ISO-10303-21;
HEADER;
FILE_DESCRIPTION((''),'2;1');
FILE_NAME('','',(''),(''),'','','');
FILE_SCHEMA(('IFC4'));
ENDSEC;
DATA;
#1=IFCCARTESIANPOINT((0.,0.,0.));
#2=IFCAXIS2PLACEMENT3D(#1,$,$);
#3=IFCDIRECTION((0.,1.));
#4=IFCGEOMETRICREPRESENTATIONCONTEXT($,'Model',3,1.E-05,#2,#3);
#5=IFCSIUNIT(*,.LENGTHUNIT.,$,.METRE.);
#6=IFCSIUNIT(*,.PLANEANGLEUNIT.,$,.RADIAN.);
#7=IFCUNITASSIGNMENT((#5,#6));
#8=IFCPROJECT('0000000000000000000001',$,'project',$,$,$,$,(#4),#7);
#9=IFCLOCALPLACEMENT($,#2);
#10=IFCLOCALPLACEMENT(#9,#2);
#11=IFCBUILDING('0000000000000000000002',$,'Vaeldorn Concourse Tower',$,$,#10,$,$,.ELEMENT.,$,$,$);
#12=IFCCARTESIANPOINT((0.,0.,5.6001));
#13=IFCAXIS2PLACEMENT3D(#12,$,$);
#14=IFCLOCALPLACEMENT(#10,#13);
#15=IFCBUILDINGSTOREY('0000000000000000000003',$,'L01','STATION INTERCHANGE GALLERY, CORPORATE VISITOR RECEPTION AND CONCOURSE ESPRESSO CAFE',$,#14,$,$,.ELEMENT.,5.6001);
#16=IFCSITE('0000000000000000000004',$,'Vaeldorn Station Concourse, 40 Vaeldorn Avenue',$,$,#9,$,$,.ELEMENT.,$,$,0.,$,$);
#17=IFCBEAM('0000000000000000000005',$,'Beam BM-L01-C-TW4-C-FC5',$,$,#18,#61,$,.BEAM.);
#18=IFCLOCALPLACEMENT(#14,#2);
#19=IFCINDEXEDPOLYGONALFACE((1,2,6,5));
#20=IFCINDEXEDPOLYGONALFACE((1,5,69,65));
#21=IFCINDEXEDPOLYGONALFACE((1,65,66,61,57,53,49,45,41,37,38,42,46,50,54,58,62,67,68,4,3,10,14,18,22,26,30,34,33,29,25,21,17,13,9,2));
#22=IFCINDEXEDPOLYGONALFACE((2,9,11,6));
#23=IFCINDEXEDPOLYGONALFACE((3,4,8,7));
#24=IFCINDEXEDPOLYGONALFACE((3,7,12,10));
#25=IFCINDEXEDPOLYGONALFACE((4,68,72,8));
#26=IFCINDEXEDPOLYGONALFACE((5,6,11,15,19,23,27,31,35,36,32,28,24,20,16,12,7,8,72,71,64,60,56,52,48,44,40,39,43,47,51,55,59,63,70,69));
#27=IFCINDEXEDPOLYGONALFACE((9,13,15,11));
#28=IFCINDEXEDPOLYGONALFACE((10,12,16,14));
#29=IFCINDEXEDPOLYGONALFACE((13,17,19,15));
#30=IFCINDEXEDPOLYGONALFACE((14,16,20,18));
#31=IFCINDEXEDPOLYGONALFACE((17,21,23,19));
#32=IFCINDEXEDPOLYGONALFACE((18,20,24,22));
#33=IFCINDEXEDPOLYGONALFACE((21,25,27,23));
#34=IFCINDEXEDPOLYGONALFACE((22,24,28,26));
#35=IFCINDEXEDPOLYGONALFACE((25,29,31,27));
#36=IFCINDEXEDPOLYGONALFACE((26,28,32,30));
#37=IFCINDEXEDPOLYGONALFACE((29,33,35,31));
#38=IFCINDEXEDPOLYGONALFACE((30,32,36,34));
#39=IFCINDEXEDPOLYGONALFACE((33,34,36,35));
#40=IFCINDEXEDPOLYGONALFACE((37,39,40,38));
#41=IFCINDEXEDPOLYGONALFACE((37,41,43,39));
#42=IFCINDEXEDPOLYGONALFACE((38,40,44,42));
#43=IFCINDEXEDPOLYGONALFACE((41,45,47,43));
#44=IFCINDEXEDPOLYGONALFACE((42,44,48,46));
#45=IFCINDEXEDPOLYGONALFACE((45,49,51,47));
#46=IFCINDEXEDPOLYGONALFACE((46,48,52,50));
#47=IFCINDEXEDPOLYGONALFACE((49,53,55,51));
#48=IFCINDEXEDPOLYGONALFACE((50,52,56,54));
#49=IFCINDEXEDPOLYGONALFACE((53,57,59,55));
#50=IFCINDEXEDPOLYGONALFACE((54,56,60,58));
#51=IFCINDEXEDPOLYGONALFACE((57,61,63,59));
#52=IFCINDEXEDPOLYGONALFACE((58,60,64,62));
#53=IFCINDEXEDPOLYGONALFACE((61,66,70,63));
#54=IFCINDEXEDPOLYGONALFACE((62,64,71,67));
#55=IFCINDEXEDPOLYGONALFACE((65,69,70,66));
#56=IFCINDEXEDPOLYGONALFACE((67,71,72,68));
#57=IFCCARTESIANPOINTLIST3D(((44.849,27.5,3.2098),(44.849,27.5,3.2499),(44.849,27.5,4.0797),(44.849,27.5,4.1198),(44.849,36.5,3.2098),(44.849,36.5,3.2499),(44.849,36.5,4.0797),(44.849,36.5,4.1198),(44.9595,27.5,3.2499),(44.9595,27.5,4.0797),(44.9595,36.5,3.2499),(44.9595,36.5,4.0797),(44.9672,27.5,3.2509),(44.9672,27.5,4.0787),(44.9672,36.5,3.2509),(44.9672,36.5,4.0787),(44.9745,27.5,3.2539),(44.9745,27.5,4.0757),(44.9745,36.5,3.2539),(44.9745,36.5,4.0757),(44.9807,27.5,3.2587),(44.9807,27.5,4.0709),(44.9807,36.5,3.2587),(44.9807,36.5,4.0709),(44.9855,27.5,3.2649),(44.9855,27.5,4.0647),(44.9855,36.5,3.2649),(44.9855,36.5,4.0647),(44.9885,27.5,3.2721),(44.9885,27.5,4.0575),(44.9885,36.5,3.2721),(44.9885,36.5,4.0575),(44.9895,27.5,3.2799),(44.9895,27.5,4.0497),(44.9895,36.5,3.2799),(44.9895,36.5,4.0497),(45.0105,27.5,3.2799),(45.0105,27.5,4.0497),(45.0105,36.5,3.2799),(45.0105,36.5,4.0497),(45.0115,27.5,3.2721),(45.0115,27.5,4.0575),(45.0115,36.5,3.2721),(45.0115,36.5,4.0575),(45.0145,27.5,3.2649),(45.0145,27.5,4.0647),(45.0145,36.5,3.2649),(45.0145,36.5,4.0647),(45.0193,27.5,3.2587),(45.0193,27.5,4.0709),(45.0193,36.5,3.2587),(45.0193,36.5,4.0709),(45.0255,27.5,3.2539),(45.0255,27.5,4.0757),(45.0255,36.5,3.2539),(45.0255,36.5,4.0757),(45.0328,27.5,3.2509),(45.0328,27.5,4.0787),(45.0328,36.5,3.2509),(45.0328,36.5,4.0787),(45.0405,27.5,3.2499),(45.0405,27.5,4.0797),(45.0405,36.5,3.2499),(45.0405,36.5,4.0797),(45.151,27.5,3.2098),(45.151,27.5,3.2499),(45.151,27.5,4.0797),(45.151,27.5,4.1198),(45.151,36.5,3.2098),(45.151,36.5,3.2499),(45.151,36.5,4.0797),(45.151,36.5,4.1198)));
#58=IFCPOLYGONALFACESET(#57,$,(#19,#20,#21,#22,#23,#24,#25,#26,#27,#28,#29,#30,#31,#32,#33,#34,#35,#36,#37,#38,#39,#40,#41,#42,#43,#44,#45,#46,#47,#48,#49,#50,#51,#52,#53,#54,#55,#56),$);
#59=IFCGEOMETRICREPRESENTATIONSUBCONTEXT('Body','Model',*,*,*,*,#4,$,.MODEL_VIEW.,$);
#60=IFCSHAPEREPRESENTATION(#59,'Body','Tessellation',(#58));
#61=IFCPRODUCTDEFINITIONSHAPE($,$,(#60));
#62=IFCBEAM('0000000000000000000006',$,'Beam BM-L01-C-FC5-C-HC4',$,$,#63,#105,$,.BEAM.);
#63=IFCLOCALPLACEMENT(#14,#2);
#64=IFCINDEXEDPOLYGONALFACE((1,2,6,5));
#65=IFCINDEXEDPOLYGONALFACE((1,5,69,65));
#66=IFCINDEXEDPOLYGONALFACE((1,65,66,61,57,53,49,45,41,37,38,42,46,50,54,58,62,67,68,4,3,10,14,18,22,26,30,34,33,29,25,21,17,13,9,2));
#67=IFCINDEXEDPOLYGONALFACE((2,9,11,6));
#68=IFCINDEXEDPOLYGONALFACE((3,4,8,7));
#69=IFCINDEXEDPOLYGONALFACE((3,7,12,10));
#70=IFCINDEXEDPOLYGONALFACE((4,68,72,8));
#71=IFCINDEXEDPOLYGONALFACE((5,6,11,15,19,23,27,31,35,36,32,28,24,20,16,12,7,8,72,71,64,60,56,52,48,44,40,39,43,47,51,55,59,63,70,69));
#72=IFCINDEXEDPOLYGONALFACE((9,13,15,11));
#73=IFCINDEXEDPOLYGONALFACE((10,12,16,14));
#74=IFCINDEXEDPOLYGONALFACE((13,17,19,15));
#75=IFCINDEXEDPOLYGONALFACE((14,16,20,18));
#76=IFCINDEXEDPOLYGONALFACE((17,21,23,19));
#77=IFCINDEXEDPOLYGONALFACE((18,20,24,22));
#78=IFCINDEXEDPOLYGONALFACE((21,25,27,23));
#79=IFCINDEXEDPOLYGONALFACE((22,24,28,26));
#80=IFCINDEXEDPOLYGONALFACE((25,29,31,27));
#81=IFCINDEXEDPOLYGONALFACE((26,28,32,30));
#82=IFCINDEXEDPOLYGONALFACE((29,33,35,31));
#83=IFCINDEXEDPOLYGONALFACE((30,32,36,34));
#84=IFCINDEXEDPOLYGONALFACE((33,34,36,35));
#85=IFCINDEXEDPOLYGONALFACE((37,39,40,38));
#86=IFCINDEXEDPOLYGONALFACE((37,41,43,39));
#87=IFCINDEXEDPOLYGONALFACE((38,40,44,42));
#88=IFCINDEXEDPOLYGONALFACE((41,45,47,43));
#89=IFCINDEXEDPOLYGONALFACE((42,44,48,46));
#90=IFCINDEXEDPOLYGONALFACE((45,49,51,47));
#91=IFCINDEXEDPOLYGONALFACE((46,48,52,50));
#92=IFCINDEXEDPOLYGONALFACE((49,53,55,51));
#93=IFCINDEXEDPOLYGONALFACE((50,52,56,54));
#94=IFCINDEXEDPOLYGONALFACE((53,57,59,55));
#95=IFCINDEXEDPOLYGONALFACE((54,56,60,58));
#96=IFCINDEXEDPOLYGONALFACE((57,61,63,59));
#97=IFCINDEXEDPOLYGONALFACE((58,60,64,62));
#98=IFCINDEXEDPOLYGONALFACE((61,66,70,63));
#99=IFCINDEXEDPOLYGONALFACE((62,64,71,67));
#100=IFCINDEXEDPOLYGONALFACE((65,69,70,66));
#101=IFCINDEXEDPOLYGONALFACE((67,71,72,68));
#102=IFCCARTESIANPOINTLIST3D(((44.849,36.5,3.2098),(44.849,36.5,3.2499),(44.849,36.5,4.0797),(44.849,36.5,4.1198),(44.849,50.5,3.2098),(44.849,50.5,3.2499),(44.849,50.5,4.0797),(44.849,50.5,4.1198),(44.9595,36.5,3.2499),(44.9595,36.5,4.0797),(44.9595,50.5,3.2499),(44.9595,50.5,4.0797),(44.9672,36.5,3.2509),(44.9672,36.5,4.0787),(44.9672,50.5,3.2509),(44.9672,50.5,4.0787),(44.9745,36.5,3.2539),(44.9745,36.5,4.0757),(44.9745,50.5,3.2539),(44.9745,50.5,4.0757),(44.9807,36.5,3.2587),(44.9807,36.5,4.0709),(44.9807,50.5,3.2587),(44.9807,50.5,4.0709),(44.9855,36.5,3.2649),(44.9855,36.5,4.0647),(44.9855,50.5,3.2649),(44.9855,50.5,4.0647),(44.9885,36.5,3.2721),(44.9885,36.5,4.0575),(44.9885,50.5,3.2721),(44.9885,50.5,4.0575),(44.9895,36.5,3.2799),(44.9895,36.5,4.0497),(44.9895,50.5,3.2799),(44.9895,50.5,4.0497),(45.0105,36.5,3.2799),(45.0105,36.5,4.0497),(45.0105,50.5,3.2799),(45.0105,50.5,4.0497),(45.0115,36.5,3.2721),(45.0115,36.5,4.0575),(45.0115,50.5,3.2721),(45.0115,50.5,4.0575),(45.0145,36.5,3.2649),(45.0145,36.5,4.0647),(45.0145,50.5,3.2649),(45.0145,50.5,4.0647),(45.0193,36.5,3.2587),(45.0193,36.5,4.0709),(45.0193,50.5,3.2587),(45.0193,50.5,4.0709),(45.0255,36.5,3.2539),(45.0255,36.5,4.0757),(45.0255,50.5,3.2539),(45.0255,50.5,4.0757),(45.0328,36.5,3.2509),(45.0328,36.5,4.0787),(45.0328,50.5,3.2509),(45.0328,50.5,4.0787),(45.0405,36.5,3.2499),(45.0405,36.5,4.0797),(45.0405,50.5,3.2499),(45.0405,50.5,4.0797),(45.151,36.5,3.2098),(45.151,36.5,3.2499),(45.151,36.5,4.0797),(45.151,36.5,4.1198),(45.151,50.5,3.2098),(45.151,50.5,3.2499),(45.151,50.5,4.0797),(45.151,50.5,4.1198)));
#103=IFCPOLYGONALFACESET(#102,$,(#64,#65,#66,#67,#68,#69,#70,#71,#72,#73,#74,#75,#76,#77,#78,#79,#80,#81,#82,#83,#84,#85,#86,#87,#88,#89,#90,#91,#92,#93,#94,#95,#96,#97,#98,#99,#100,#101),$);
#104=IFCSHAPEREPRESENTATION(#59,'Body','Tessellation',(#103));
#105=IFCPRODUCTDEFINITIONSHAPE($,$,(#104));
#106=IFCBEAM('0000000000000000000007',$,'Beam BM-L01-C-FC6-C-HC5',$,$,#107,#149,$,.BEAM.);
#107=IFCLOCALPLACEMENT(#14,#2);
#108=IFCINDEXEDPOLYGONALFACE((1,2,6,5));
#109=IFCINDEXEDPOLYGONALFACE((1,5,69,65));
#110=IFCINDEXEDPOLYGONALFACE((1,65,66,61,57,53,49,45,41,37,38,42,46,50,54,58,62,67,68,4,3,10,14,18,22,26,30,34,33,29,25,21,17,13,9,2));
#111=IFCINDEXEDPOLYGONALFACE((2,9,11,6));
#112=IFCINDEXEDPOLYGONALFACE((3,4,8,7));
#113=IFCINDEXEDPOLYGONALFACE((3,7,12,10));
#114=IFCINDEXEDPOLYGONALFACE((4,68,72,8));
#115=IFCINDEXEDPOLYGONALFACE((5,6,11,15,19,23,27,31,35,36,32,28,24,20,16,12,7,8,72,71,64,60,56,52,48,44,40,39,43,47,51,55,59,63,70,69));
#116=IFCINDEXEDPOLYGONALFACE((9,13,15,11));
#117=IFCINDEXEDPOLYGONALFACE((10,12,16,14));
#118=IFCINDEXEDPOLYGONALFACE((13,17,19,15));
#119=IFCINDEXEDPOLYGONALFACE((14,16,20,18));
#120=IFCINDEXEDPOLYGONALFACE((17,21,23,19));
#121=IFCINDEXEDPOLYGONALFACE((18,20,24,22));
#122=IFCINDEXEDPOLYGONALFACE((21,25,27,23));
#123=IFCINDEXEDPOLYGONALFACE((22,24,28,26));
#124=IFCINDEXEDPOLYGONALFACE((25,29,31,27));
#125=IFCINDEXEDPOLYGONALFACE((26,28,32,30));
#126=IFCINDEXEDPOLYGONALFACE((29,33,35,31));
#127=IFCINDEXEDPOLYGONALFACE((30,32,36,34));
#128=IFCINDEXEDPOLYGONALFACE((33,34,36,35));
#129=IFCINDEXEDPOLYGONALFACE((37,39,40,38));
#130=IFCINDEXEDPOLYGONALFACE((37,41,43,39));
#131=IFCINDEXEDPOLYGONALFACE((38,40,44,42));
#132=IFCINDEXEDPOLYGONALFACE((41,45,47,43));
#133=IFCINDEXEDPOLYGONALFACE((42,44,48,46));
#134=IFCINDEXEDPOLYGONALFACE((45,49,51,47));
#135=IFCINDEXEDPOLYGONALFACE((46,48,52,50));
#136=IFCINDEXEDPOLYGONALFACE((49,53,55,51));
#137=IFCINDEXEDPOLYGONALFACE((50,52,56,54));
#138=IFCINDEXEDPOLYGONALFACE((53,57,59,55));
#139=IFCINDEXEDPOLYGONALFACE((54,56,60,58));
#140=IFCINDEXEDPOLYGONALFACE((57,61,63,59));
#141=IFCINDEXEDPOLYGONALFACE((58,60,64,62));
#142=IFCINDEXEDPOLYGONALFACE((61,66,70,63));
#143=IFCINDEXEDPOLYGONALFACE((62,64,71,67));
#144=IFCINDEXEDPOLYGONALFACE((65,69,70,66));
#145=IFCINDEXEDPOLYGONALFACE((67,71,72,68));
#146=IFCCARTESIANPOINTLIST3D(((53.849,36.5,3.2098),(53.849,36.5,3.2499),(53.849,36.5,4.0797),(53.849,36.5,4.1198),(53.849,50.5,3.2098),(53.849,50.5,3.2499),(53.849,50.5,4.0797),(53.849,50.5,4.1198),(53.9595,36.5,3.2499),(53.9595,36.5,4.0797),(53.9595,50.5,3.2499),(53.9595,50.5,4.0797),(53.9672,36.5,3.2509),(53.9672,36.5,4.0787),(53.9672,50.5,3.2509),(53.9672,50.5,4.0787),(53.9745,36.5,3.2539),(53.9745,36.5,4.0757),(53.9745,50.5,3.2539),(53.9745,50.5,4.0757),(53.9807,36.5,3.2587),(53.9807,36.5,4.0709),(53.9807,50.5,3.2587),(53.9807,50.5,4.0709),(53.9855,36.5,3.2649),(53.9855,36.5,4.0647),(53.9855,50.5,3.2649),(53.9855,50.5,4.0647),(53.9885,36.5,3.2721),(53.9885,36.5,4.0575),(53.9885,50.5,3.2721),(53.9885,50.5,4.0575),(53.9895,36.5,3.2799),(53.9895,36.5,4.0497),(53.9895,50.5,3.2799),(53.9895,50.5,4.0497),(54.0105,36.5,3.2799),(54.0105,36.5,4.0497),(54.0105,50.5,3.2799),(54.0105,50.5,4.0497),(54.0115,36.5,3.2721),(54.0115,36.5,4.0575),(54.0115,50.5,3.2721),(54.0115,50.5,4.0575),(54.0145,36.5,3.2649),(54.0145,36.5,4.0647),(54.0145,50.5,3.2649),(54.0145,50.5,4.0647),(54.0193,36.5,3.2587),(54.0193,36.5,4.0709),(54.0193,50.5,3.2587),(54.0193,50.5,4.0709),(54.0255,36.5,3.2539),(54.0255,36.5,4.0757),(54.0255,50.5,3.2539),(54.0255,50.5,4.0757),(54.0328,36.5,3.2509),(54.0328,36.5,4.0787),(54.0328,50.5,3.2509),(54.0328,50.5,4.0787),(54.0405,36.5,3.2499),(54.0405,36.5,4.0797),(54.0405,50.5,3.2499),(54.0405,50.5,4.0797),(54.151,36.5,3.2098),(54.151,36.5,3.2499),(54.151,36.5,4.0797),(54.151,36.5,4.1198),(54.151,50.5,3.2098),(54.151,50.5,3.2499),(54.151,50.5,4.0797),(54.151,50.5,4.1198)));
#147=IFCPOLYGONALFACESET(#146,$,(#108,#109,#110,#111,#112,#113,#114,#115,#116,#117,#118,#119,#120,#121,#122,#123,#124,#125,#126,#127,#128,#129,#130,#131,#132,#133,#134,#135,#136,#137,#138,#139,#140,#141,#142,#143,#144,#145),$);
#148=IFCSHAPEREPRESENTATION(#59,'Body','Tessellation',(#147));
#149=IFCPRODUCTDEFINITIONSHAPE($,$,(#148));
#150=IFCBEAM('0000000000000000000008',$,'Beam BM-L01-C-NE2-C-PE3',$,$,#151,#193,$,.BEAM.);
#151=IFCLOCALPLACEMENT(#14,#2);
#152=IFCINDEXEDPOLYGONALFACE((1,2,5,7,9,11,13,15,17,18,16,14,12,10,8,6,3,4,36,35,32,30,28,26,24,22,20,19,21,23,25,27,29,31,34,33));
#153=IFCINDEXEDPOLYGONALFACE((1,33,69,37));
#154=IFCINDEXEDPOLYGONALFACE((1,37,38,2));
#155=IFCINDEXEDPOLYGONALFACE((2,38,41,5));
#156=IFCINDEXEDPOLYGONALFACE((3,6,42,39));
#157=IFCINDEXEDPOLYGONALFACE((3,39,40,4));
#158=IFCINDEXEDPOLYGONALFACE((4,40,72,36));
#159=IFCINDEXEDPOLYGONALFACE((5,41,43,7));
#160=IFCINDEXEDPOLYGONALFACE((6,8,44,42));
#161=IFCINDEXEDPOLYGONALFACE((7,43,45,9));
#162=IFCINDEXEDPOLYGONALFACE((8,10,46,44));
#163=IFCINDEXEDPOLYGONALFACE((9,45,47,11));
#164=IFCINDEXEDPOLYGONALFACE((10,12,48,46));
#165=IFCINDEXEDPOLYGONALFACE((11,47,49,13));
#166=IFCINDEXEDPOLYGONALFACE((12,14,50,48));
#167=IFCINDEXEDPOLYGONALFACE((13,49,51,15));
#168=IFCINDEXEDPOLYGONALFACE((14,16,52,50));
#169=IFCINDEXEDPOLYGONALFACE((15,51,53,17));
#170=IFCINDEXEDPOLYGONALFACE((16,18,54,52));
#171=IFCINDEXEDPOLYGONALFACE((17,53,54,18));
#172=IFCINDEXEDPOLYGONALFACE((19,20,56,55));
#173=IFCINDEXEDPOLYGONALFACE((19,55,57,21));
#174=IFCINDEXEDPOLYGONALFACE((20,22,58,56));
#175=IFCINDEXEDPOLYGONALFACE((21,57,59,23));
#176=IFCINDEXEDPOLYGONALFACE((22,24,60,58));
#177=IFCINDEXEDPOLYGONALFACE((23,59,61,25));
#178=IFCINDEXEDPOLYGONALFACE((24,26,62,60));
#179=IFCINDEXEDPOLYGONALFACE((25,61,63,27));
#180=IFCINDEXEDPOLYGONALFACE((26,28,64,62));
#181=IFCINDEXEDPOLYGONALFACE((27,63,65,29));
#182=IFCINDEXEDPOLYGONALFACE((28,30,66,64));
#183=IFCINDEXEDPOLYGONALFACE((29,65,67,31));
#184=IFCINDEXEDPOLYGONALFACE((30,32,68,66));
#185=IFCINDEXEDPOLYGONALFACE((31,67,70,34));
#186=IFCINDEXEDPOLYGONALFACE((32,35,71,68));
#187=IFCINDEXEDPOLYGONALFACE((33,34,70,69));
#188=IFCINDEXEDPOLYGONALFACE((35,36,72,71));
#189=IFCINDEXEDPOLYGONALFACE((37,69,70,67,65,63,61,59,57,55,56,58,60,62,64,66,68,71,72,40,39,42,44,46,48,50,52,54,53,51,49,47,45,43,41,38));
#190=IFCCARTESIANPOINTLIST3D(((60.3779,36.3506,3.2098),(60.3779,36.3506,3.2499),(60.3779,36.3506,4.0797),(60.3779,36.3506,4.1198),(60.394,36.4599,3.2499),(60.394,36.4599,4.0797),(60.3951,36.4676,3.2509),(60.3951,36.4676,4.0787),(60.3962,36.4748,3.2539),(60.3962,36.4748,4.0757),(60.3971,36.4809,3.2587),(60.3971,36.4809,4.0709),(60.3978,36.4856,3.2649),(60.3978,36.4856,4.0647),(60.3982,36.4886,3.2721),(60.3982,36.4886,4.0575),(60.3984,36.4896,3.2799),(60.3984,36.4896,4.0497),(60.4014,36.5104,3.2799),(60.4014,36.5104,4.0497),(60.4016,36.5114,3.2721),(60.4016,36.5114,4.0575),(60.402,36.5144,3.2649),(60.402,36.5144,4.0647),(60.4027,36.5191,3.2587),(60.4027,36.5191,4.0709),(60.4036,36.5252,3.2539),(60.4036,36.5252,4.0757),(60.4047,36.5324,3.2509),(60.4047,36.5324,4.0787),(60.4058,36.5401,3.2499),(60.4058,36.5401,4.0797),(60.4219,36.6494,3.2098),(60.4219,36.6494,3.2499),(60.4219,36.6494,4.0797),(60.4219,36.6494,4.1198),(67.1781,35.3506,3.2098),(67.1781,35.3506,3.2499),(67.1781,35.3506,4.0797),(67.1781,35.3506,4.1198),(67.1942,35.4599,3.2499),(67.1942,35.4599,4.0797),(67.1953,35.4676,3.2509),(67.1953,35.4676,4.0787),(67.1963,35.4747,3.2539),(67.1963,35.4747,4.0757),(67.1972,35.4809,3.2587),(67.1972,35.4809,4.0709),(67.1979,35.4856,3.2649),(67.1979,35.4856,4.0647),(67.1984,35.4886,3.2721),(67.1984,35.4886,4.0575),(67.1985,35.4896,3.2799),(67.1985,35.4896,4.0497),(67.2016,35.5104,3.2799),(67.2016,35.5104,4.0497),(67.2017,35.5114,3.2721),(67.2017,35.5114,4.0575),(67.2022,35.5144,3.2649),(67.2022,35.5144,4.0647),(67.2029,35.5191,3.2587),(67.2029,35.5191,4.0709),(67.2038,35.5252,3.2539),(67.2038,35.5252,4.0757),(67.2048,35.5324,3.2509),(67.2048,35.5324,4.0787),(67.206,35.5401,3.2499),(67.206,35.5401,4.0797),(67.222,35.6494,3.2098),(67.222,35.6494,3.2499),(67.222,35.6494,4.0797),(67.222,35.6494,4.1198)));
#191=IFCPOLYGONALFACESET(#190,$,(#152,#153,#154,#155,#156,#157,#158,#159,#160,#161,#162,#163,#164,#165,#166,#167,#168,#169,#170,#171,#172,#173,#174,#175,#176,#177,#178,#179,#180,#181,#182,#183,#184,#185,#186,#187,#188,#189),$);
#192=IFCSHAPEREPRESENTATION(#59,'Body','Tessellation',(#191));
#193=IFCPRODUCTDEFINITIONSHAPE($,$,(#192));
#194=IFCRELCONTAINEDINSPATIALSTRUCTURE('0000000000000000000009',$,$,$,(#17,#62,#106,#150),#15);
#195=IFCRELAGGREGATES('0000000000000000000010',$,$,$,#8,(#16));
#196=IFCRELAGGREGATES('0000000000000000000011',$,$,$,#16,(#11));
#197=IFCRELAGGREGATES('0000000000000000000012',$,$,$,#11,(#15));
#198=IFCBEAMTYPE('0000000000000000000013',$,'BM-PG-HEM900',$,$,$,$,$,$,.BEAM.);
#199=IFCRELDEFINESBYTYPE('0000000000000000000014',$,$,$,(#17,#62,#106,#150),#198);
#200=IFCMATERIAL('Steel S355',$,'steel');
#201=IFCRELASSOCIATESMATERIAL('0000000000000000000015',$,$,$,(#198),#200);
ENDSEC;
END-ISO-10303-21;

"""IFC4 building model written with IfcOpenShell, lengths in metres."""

from ifc_helpers import new_model, si_unit, direction, frame, origin, origin_2d, place, context, subcontext, project, spatial, i_section, extrude, source, transform, mapped, material, material_profile, profile_set, type_object, element, save


model = new_model("IFC4")

# Units and contexts
model_context = context("Model", 3, precision=1e-05, world=origin(), true_north=direction((0.0, 1.0)))
body_context = subcontext(model_context, "Body", "Model", "MODEL_VIEW")
ifc_project = project(units=[si_unit("LENGTHUNIT", "METRE"), si_unit("PLANEANGLEUNIT", "RADIAN")], contexts=[model_context])

# Site, building, storey
site_placement = place(None, origin())
site = spatial("IfcSite", under=ifc_project, at=site_placement, Name="Vaeldorn Station Concourse, 40 Vaeldorn Avenue", CompositionType="ELEMENT", RefElevation=0.0)
building_placement = place(site_placement, origin())
building = spatial("IfcBuilding", under=site, at=building_placement, Name="Vaeldorn Concourse Tower", CompositionType="ELEMENT")
storey_placement = place(building_placement, frame((0.0, 0.0, 5.6001)))
storey = spatial("IfcBuildingStorey", under=building, at=storey_placement, Name="L01", Description="STATION INTERCHANGE GALLERY, CORPORATE VISITOR RECEPTION AND CONCOURSE ESPRESSO CAFE", CompositionType="ELEMENT", Elevation=5.6001)

# Beams
ifc_material_1 = material(Name="Steel S355", Category="steel")
ifc_material_profile_1 = material_profile(ifc_material_1, i_section(OverallWidth=0.302, OverallDepth=0.9099, WebThickness=0.021, FlangeThickness=0.04, FilletRadius=0.03, at=origin_2d()), Name="HEM 900")
ifc_profile_set_1 = profile_set([ifc_material_profile_1], Name="Steel S355")
beam_type_1 = type_object("IfcBeamType", Name="BM-PG-HEM900", PredefinedType="BEAM", material=ifc_profile_set_1)
shared_shape_1 = source(origin(), body_context, "Body", "SweptSolid", [
    extrude(i_section(OverallWidth=0.302, OverallDepth=0.9099, WebThickness=0.021, FlangeThickness=0.04, FilletRadius=0.03, at=origin_2d()), origin(), (0.0, 0.0, 1.0), 9.0),
])
beam_1_placement = place(storey_placement, frame((45.0, 27.5, 3.6648), z_axis=(0.0, 1.0, 0.0), x_axis=(-1.0, 0.0, 0.0)))
element("IfcBeam", 1, at=beam_1_placement, inside=storey, type_object=beam_type_1, Name="Beam BM-L01-C-TW4-C-FC5", PredefinedType="BEAM", context=body_context, shape_type="MappedRepresentation", body=[
    mapped(shared_shape_1, transform((0.0, 0.0, 0.0), scale=1.0)),
])
shared_shape_2 = source(origin(), body_context, "Body", "SweptSolid", [
    extrude(i_section(OverallWidth=0.302, OverallDepth=0.9099, WebThickness=0.021, FlangeThickness=0.04, FilletRadius=0.03, at=origin_2d()), origin(), (0.0, 0.0, 1.0), 14.0),
])
for number, where, z_axis, x_axis, name in (
    (2, (45.0, 36.5, 3.6648), (0.0, 1.0, 0.0), (-1.0, 0.0, 0.0), "Beam BM-L01-C-FC5-C-HC4"),
    (3, (54.0, 36.5, 3.6648), (0.0, 1.0, 0.0), (-1.0, 0.0, 0.0), "Beam BM-L01-C-FC6-C-HC5"),
):
    element("IfcBeam", number, at=place(storey_placement, frame(where, z_axis=z_axis, x_axis=x_axis)), inside=storey, type_object=beam_type_1, Name=name, PredefinedType="BEAM", context=body_context, shape_type="MappedRepresentation", body=[
        mapped(shared_shape_2, transform((0.0, 0.0, 0.0), scale=1.0)),
    ])
shared_shape_3 = source(origin(), body_context, "Body", "SweptSolid", [
    extrude(i_section(OverallWidth=0.302, OverallDepth=0.9099, WebThickness=0.021, FlangeThickness=0.04, FilletRadius=0.03, at=origin_2d()), origin(), (0.0, 0.0, 1.0), 6.8733),
])
beam_2_placement = place(storey_placement, frame((60.3999, 36.5, 3.6648), z_axis=(0.989359, -0.145493, 0.0), x_axis=(0.145493, 0.989359, 0.0)))
element("IfcBeam", 4, at=beam_2_placement, inside=storey, type_object=beam_type_1, Name="Beam BM-L01-C-NE2-C-PE3", PredefinedType="BEAM", context=body_context, shape_type="MappedRepresentation", body=[
    mapped(shared_shape_3, transform((0.0, 0.0, 0.0), scale=1.0)),
])

save(model, "model.ifc")
